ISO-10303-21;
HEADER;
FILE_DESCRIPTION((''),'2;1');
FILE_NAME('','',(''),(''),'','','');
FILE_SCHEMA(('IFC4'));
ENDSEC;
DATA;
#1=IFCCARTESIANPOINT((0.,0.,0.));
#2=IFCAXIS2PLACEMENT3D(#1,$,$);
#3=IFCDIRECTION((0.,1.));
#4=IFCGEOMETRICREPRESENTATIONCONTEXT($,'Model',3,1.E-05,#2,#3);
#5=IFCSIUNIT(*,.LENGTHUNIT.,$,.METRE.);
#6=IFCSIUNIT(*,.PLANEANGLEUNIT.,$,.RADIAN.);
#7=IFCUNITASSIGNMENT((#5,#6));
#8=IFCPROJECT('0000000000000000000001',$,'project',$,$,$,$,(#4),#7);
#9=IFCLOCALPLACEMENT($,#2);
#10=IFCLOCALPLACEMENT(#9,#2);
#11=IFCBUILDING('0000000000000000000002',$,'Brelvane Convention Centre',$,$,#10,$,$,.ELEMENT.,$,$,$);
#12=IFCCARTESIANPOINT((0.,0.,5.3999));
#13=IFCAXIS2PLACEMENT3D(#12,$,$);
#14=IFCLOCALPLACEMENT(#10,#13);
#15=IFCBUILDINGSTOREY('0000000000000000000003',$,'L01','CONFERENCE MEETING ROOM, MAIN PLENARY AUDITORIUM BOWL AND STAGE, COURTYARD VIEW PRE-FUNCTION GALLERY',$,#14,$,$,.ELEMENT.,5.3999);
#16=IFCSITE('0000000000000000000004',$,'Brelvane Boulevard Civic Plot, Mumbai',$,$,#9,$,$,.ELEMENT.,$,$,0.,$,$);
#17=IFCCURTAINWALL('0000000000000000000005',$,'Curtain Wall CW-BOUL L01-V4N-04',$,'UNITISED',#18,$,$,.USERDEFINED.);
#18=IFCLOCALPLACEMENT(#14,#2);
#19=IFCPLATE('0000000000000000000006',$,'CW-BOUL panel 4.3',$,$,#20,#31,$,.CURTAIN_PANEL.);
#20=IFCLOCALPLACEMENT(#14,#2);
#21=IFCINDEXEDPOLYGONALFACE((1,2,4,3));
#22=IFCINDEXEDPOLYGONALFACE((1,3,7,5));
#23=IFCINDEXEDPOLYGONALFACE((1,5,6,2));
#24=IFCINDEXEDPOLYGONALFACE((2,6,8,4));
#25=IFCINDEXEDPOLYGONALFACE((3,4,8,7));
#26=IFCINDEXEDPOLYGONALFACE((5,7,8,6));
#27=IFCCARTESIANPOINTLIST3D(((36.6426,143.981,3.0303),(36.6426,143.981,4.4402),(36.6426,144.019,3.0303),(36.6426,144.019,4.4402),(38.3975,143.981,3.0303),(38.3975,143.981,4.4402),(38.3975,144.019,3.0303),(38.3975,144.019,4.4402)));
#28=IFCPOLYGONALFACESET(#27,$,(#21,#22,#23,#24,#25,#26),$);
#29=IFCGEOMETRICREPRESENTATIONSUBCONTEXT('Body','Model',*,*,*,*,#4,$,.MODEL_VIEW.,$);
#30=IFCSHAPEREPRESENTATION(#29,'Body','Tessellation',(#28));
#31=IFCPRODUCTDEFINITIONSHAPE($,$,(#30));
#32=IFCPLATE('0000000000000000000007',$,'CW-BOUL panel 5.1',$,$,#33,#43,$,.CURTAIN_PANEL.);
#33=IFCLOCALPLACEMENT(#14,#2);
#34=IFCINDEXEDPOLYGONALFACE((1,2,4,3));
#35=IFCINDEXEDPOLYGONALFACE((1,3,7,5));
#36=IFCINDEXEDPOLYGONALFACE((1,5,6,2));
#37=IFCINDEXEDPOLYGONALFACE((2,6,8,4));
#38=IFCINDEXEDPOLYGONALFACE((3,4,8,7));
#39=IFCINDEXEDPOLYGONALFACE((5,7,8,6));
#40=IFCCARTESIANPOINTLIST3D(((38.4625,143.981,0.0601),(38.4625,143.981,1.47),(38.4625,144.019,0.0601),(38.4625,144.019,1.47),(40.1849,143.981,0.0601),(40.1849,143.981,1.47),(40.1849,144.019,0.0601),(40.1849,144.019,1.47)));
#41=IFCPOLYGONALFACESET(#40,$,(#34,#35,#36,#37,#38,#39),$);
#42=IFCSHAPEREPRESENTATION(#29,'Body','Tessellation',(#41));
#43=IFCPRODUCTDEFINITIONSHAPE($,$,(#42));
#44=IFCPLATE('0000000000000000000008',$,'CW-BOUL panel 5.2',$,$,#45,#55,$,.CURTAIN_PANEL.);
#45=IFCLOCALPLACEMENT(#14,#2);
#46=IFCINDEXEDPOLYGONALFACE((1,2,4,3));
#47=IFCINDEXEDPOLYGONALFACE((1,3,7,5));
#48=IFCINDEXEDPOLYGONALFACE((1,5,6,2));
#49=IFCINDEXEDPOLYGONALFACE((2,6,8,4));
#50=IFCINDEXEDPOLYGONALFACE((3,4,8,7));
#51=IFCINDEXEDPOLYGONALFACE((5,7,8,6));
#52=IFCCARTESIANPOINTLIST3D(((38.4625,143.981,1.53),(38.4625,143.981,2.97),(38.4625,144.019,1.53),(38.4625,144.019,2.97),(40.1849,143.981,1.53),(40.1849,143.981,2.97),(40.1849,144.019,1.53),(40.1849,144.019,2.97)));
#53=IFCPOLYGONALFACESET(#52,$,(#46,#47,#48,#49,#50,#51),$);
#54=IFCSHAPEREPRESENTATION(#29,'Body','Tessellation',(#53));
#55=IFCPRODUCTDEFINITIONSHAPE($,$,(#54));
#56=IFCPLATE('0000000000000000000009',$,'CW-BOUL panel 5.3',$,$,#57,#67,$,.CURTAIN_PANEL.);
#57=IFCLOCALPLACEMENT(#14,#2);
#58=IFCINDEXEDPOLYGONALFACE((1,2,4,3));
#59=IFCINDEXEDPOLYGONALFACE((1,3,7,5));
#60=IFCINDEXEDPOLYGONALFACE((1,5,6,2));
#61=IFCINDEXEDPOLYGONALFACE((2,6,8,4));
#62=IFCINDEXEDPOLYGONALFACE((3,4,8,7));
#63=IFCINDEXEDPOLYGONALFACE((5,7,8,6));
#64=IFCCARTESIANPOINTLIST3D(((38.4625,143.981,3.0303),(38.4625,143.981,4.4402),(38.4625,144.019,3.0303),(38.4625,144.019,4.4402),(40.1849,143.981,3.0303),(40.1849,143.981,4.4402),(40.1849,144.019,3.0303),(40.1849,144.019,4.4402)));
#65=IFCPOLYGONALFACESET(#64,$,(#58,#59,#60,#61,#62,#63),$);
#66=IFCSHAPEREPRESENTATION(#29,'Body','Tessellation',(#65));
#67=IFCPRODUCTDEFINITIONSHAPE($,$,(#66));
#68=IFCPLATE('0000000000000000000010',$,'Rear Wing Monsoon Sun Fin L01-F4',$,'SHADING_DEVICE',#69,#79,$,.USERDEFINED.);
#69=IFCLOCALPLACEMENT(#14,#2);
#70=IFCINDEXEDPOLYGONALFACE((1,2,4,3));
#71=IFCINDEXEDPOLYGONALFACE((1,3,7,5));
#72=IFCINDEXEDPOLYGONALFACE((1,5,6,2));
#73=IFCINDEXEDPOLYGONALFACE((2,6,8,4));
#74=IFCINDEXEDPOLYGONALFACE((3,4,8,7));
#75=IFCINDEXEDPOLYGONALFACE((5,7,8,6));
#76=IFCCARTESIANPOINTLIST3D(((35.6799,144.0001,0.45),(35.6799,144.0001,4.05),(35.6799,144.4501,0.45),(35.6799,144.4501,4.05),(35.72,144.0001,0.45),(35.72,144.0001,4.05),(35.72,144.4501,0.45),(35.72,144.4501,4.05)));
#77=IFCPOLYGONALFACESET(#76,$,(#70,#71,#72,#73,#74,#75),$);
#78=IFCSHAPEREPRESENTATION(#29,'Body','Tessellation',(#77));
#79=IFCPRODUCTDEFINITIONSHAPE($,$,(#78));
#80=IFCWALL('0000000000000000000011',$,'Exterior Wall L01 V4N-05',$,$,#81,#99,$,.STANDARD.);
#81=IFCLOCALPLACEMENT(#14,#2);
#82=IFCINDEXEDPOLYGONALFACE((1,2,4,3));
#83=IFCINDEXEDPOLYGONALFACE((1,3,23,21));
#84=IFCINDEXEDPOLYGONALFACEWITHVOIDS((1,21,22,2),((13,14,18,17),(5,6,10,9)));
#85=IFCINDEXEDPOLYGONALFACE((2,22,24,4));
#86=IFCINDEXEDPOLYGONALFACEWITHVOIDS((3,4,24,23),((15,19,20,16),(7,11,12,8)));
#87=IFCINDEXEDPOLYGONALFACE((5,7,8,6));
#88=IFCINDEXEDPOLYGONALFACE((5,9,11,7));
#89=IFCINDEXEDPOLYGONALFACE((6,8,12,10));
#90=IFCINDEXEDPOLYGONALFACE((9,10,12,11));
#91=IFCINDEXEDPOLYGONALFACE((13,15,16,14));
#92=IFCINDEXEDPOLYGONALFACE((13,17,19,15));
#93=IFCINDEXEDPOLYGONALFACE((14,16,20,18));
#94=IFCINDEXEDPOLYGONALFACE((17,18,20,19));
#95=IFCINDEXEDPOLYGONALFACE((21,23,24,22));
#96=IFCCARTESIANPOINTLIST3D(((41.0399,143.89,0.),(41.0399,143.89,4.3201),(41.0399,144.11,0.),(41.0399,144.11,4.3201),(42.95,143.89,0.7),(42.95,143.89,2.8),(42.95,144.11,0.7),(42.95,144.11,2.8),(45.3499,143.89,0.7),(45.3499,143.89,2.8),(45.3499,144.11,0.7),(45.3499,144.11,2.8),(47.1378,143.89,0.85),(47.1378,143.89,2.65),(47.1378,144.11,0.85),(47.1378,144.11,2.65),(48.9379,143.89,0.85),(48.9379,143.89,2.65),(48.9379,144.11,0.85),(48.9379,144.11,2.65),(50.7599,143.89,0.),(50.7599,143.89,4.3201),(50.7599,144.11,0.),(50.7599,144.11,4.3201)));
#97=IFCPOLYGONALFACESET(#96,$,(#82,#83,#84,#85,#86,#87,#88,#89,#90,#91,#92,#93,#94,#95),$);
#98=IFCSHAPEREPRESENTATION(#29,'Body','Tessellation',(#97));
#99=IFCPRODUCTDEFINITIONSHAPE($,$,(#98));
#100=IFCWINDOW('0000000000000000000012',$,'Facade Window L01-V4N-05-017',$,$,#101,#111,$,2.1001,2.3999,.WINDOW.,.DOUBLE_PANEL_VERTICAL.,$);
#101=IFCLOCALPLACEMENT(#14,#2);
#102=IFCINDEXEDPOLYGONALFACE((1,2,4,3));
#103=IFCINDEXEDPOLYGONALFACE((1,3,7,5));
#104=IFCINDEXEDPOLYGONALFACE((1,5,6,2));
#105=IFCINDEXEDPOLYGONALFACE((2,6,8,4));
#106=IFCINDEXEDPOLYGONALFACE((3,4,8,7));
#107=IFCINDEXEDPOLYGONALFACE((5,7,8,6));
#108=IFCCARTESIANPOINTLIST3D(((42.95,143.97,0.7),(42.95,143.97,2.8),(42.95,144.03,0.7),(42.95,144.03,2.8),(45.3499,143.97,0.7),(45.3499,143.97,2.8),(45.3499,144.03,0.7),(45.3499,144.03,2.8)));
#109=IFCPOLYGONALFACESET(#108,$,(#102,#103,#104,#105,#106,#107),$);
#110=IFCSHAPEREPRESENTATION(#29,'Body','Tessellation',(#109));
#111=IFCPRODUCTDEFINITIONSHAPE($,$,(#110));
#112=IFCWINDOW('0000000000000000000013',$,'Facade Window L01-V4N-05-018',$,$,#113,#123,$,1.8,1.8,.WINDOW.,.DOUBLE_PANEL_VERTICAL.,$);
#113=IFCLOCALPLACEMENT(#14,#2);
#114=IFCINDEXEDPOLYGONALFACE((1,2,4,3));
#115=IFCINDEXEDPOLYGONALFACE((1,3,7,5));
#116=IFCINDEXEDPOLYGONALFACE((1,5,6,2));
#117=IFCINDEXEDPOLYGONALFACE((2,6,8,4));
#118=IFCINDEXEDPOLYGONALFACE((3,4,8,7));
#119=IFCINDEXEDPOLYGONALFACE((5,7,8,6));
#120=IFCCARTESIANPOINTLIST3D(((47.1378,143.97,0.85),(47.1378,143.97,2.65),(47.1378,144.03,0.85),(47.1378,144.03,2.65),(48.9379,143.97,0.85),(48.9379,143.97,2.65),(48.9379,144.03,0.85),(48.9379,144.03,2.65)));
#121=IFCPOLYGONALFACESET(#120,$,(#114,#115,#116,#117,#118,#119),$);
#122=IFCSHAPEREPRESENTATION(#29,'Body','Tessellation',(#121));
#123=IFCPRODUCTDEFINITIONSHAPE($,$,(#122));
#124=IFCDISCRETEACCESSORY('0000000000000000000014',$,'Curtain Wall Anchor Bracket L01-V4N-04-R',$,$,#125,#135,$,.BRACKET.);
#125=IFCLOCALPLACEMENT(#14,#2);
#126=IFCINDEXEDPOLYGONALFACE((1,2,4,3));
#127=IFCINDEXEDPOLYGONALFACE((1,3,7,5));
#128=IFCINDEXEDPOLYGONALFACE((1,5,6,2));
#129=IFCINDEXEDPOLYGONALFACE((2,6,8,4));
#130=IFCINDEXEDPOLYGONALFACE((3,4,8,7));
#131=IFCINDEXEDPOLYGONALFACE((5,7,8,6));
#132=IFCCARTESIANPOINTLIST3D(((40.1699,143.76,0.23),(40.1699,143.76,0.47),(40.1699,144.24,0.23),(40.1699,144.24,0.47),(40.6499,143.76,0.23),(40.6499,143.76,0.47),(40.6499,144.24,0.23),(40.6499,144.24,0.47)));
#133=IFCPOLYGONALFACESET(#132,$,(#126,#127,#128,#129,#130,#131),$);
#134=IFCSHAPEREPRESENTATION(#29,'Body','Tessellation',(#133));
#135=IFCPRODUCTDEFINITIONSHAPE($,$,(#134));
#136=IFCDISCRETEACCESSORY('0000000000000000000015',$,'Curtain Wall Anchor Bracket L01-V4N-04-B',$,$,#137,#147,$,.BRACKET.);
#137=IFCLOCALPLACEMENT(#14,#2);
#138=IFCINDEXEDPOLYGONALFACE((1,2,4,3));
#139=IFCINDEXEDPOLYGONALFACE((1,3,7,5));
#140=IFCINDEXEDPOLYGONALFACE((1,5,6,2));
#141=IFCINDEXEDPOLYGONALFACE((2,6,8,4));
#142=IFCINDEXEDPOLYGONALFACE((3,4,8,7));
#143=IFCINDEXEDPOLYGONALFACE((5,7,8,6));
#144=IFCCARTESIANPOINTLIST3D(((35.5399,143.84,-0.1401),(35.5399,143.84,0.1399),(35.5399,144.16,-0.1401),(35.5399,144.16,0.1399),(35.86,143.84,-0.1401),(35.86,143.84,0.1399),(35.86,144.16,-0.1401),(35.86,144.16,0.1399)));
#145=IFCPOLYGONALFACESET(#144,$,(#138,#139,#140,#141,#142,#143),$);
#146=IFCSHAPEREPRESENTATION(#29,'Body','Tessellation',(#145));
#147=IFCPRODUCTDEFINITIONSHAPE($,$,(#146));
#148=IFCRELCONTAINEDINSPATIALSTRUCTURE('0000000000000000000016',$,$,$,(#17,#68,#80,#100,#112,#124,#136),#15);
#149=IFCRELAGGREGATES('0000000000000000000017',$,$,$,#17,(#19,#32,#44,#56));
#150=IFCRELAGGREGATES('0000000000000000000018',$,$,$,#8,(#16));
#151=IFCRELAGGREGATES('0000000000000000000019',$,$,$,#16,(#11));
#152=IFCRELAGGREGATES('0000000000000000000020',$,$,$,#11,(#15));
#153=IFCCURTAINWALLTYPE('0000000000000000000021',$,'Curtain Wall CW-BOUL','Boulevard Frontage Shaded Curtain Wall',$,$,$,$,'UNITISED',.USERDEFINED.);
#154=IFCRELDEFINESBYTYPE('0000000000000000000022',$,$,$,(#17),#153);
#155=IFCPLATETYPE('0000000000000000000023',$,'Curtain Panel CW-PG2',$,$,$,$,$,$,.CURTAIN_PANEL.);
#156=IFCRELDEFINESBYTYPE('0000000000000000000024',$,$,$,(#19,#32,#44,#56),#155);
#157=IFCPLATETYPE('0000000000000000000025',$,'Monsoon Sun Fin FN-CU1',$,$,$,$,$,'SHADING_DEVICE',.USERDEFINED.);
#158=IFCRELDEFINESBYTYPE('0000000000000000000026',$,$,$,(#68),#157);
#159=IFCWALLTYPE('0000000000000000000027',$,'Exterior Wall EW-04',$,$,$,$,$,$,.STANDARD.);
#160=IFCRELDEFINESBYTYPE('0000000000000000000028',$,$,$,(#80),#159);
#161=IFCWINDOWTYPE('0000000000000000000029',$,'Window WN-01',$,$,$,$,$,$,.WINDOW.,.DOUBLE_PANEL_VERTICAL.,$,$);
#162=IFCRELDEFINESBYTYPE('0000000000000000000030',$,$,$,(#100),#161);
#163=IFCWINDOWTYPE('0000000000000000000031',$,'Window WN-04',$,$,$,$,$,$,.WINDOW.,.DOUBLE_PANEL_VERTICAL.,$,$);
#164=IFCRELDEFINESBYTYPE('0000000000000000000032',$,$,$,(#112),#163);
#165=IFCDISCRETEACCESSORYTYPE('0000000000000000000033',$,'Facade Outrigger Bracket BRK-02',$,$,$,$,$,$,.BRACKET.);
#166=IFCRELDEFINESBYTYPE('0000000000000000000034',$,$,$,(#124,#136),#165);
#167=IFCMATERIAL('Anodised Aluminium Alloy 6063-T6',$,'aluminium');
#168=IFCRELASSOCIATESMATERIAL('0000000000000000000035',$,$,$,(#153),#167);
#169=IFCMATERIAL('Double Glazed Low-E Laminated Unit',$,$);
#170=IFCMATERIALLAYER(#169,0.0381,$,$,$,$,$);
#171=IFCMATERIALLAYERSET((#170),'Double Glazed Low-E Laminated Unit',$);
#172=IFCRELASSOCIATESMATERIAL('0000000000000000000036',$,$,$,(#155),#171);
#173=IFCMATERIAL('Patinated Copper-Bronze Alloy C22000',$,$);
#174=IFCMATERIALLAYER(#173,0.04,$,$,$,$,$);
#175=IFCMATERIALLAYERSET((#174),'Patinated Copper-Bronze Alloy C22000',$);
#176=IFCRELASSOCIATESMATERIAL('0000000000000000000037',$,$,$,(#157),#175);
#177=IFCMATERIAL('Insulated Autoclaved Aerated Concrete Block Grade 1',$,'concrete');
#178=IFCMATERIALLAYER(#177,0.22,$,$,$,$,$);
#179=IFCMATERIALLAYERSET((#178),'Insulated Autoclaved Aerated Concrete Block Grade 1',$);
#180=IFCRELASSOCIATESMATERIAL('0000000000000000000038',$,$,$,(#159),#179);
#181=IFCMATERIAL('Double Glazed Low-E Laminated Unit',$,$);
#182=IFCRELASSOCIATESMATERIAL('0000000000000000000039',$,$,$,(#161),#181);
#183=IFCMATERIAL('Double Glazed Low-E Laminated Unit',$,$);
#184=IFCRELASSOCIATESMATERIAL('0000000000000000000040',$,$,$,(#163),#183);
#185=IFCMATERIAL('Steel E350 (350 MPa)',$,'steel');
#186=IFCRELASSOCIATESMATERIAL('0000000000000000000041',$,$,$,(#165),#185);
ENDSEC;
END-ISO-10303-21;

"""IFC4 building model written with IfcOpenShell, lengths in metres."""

from ifc_helpers import new_model, si_unit, direction, frame, frame_2d, origin, origin_2d, place, context, subcontext, project, spatial, rectangle, extrude, material, layer, layer_set, type_object, element, fill, aggregate, save


model = new_model("IFC4")

# Units and contexts
model_context = context("Model", 3, precision=1e-05, world=origin(), true_north=direction((0.0, 1.0)))
body_context = subcontext(model_context, "Body", "Model", "MODEL_VIEW")
ifc_project = project(units=[si_unit("LENGTHUNIT", "METRE"), si_unit("PLANEANGLEUNIT", "RADIAN")], contexts=[model_context])

# Site, building, storey
site_placement = place(None, origin())
site = spatial("IfcSite", under=ifc_project, at=site_placement, Name="Brelvane Boulevard Civic Plot, Mumbai", CompositionType="ELEMENT", RefElevation=0.0)
building_placement = place(site_placement, origin())
building = spatial("IfcBuilding", under=site, at=building_placement, Name="Brelvane Convention Centre", CompositionType="ELEMENT")
storey_placement = place(building_placement, frame((0.0, 0.0, 5.3999)))
storey = spatial("IfcBuildingStorey", under=building, at=storey_placement, Name="L01", Description="CONFERENCE MEETING ROOM, MAIN PLENARY AUDITORIUM BOWL AND STAGE, COURTYARD VIEW PRE-FUNCTION GALLERY", CompositionType="ELEMENT", Elevation=5.3999)

# Curtain wall
ifc_material_1 = material(Name="Anodised Aluminium Alloy 6063-T6", Category="aluminium")
curtain_wall_type = type_object("IfcCurtainWallType", Name="Curtain Wall CW-BOUL", Description="Boulevard Frontage Shaded Curtain Wall", ElementType="UNITISED", PredefinedType="USERDEFINED", material=ifc_material_1)
curtain_wall_placement = place(storey_placement, origin())
curtain_wall = element("IfcCurtainWall", 1, at=curtain_wall_placement, inside=storey, type_object=curtain_wall_type, Name="Curtain Wall CW-BOUL L01-V4N-04", ObjectType="UNITISED", PredefinedType="USERDEFINED")

# Plates
ifc_material_2 = material(Name="Double Glazed Low-E Laminated Unit")
ifc_layer_1 = layer(ifc_material_2, 0.0381)
ifc_layer_set_1 = layer_set([ifc_layer_1], Name="Double Glazed Low-E Laminated Unit")
plate_type_1 = type_object("IfcPlateType", Name="Curtain Panel CW-PG2", PredefinedType="CURTAIN_PANEL", material=ifc_layer_set_1)
plate_1_placement = place(storey_placement, frame((37.52, 144.0, 3.0303), z_axis=(0.0, 0.0, 1.0), x_axis=(1.0, 0.0, 0.0)))
plate_1 = element("IfcPlate", 2, at=plate_1_placement, type_object=plate_type_1, Name="CW-BOUL panel 4.3", PredefinedType="CURTAIN_PANEL", context=body_context, shape_type="SweptSolid", body=[
    extrude(rectangle(XDim=1.7549, YDim=0.0381, at=origin_2d()), origin(), (0.0, 0.0, 1.0), 1.4099),
])
plate_2_placement = place(storey_placement, frame((39.3237, 144.0, 0.0601), z_axis=(0.0, 0.0, 1.0), x_axis=(1.0, 0.0, 0.0)))
plate_2 = element("IfcPlate", 3, at=plate_2_placement, type_object=plate_type_1, Name="CW-BOUL panel 5.1", PredefinedType="CURTAIN_PANEL", context=body_context, shape_type="SweptSolid", body=[
    extrude(rectangle(XDim=1.7224, YDim=0.0381, at=origin_2d()), origin(), (0.0, 0.0, 1.0), 1.4099),
])
plate_3_placement = place(storey_placement, frame((39.3237, 144.0, 1.53), z_axis=(0.0, 0.0, 1.0), x_axis=(1.0, 0.0, 0.0)))
plate_3 = element("IfcPlate", 4, at=plate_3_placement, type_object=plate_type_1, Name="CW-BOUL panel 5.2", PredefinedType="CURTAIN_PANEL", context=body_context, shape_type="SweptSolid", body=[
    extrude(rectangle(XDim=1.7224, YDim=0.0381, at=origin_2d()), origin(), (0.0, 0.0, 1.0), 1.4399),
])
plate_4_placement = place(storey_placement, frame((39.3237, 144.0, 3.0303), z_axis=(0.0, 0.0, 1.0), x_axis=(1.0, 0.0, 0.0)))
plate_4 = element("IfcPlate", 5, at=plate_4_placement, type_object=plate_type_1, Name="CW-BOUL panel 5.3", PredefinedType="CURTAIN_PANEL", context=body_context, shape_type="SweptSolid", body=[
    extrude(rectangle(XDim=1.7224, YDim=0.0381, at=origin_2d()), origin(), (0.0, 0.0, 1.0), 1.4099),
])
aggregate(curtain_wall, [plate_1, plate_2, plate_3, plate_4])
ifc_material_3 = material(Name="Patinated Copper-Bronze Alloy C22000")
ifc_layer_2 = layer(ifc_material_3, 0.04)
ifc_layer_set_2 = layer_set([ifc_layer_2], Name="Patinated Copper-Bronze Alloy C22000")
plate_type_2 = type_object("IfcPlateType", Name="Monsoon Sun Fin FN-CU1", ElementType="SHADING_DEVICE", PredefinedType="USERDEFINED", material=ifc_layer_set_2)
plate_5_placement = place(storey_placement, frame((35.7, 144.2251, 0.45), z_axis=(0.0, 0.0, 1.0), x_axis=(1.0, 0.0, 0.0)))
element("IfcPlate", 6, at=plate_5_placement, inside=storey, type_object=plate_type_2, Name="Rear Wing Monsoon Sun Fin L01-F4", ObjectType="SHADING_DEVICE", PredefinedType="USERDEFINED", context=body_context, shape_type="SweptSolid", body=[
    extrude(rectangle(XDim=0.04, YDim=0.45, at=origin_2d()), origin(), (0.0, 0.0, 1.0), 3.6001),
])

# Wall, openings, windows
ifc_material_4 = material(Name="Insulated Autoclaved Aerated Concrete Block Grade 1", Category="concrete")
ifc_layer_3 = layer(ifc_material_4, 0.22)
ifc_layer_set_3 = layer_set([ifc_layer_3], Name="Insulated Autoclaved Aerated Concrete Block Grade 1")
wall_type = type_object("IfcWallType", Name="Exterior Wall EW-04", PredefinedType="STANDARD", material=ifc_layer_set_3)
wall_placement = place(storey_placement, frame((41.04, 144.0, 0.0), z_axis=(0.0, 0.0, 1.0), x_axis=(1.0, 0.0, 0.0)))
wall = element("IfcWall", 7, at=wall_placement, inside=storey, type_object=wall_type, Name="Exterior Wall L01 V4N-05", PredefinedType="STANDARD", context=body_context, shape_type="SweptSolid", body=[
    extrude(rectangle(XDim=9.72, YDim=0.22, at=frame_2d((4.8599, 0.0))), origin(), (0.0, 0.0, 1.0), 4.3201),
])
opening_1_placement = place(wall_placement, frame((1.9099, 0.0, 0.7)))
opening_1 = element("IfcOpeningElement", 8, at=opening_1_placement, cuts=wall, PredefinedType="OPENING", context=body_context, shape_type="SweptSolid", body=[
    extrude(rectangle(XDim=2.3999, YDim=2.1001, at=frame_2d((1.2, 1.05))), frame((0.0, 0.1199, 0.0), z_axis=(0.0, -1.0, 0.0), x_axis=(1.0, 0.0, 0.0)), (0.0, 0.0, 1.0), 0.24),
])
opening_2_placement = place(wall_placement, frame((6.0979, 0.0, 0.8501)))
opening_2 = element("IfcOpeningElement", 9, at=opening_2_placement, cuts=wall, PredefinedType="OPENING", context=body_context, shape_type="SweptSolid", body=[
    extrude(rectangle(XDim=1.8, YDim=1.8, at=frame_2d((0.8999, 0.8999))), frame((0.0, 0.1199, 0.0), z_axis=(0.0, -1.0, 0.0), x_axis=(1.0, 0.0, 0.0)), (0.0, 0.0, 1.0), 0.24),
])
ifc_material_5 = material(Name="Double Glazed Low-E Laminated Unit")
window_type_1 = type_object("IfcWindowType", Name="Window WN-01", PartitioningType="DOUBLE_PANEL_VERTICAL", PredefinedType="WINDOW", material=ifc_material_5)
window_1_placement = place(opening_1_placement, origin())
window_1 = element("IfcWindow", 10, at=window_1_placement, inside=storey, type_object=window_type_1, Name="Facade Window L01-V4N-05-017", OverallHeight=2.1001, OverallWidth=2.3999, PartitioningType="DOUBLE_PANEL_VERTICAL", PredefinedType="WINDOW", context=body_context, shape_type="SweptSolid", body=[
    extrude(rectangle(XDim=2.3999, YDim=2.1001, at=frame_2d((1.2, 1.05))), frame((0.0, 0.03, 0.0), z_axis=(0.0, -1.0, 0.0), x_axis=(1.0, 0.0, 0.0)), (0.0, 0.0, 1.0), 0.0601),
])
fill(opening_1, window_1)
ifc_material_6 = material(Name="Double Glazed Low-E Laminated Unit")
window_type_2 = type_object("IfcWindowType", Name="Window WN-04", PartitioningType="DOUBLE_PANEL_VERTICAL", PredefinedType="WINDOW", material=ifc_material_6)
window_2_placement = place(opening_2_placement, origin())
window_2 = element("IfcWindow", 11, at=window_2_placement, inside=storey, type_object=window_type_2, Name="Facade Window L01-V4N-05-018", OverallHeight=1.8, OverallWidth=1.8, PartitioningType="DOUBLE_PANEL_VERTICAL", PredefinedType="WINDOW", context=body_context, shape_type="SweptSolid", body=[
    extrude(rectangle(XDim=1.8, YDim=1.8, at=frame_2d((0.8999, 0.8999))), frame((0.0, 0.03, 0.0), z_axis=(0.0, -1.0, 0.0), x_axis=(1.0, 0.0, 0.0)), (0.0, 0.0, 1.0), 0.0601),
])
fill(opening_2, window_2)

# Discrete accessories
ifc_material_7 = material(Name="Steel E350 (350 MPa)", Category="steel")
discrete_accessory_type = type_object("IfcDiscreteAccessoryType", Name="Facade Outrigger Bracket BRK-02", PredefinedType="BRACKET", material=ifc_material_7)
discrete_accessory_1_placement = place(storey_placement, frame((40.4099, 144.0, 0.23), z_axis=(0.0, 0.0, 1.0), x_axis=(1.0, 0.0, 0.0)))
element("IfcDiscreteAccessory", 12, at=discrete_accessory_1_placement, inside=storey, type_object=discrete_accessory_type, Name="Curtain Wall Anchor Bracket L01-V4N-04-R", PredefinedType="BRACKET", context=body_context, shape_type="SweptSolid", body=[
    extrude(rectangle(XDim=0.48, YDim=0.48, at=origin_2d()), origin(), (0.0, 0.0, 1.0), 0.24),
])
discrete_accessory_2_placement = place(storey_placement, frame((35.7, 144.0, -0.1401), z_axis=(0.0, 0.0, 1.0), x_axis=(1.0, 0.0, 0.0)))
element("IfcDiscreteAccessory", 13, at=discrete_accessory_2_placement, inside=storey, type_object=discrete_accessory_type, Name="Curtain Wall Anchor Bracket L01-V4N-04-B", PredefinedType="BRACKET", context=body_context, shape_type="SweptSolid", body=[
    extrude(rectangle(XDim=0.3201, YDim=0.3201, at=origin_2d()), origin(), (0.0, 0.0, 1.0), 0.28),
])

save(model, "model.ifc")
